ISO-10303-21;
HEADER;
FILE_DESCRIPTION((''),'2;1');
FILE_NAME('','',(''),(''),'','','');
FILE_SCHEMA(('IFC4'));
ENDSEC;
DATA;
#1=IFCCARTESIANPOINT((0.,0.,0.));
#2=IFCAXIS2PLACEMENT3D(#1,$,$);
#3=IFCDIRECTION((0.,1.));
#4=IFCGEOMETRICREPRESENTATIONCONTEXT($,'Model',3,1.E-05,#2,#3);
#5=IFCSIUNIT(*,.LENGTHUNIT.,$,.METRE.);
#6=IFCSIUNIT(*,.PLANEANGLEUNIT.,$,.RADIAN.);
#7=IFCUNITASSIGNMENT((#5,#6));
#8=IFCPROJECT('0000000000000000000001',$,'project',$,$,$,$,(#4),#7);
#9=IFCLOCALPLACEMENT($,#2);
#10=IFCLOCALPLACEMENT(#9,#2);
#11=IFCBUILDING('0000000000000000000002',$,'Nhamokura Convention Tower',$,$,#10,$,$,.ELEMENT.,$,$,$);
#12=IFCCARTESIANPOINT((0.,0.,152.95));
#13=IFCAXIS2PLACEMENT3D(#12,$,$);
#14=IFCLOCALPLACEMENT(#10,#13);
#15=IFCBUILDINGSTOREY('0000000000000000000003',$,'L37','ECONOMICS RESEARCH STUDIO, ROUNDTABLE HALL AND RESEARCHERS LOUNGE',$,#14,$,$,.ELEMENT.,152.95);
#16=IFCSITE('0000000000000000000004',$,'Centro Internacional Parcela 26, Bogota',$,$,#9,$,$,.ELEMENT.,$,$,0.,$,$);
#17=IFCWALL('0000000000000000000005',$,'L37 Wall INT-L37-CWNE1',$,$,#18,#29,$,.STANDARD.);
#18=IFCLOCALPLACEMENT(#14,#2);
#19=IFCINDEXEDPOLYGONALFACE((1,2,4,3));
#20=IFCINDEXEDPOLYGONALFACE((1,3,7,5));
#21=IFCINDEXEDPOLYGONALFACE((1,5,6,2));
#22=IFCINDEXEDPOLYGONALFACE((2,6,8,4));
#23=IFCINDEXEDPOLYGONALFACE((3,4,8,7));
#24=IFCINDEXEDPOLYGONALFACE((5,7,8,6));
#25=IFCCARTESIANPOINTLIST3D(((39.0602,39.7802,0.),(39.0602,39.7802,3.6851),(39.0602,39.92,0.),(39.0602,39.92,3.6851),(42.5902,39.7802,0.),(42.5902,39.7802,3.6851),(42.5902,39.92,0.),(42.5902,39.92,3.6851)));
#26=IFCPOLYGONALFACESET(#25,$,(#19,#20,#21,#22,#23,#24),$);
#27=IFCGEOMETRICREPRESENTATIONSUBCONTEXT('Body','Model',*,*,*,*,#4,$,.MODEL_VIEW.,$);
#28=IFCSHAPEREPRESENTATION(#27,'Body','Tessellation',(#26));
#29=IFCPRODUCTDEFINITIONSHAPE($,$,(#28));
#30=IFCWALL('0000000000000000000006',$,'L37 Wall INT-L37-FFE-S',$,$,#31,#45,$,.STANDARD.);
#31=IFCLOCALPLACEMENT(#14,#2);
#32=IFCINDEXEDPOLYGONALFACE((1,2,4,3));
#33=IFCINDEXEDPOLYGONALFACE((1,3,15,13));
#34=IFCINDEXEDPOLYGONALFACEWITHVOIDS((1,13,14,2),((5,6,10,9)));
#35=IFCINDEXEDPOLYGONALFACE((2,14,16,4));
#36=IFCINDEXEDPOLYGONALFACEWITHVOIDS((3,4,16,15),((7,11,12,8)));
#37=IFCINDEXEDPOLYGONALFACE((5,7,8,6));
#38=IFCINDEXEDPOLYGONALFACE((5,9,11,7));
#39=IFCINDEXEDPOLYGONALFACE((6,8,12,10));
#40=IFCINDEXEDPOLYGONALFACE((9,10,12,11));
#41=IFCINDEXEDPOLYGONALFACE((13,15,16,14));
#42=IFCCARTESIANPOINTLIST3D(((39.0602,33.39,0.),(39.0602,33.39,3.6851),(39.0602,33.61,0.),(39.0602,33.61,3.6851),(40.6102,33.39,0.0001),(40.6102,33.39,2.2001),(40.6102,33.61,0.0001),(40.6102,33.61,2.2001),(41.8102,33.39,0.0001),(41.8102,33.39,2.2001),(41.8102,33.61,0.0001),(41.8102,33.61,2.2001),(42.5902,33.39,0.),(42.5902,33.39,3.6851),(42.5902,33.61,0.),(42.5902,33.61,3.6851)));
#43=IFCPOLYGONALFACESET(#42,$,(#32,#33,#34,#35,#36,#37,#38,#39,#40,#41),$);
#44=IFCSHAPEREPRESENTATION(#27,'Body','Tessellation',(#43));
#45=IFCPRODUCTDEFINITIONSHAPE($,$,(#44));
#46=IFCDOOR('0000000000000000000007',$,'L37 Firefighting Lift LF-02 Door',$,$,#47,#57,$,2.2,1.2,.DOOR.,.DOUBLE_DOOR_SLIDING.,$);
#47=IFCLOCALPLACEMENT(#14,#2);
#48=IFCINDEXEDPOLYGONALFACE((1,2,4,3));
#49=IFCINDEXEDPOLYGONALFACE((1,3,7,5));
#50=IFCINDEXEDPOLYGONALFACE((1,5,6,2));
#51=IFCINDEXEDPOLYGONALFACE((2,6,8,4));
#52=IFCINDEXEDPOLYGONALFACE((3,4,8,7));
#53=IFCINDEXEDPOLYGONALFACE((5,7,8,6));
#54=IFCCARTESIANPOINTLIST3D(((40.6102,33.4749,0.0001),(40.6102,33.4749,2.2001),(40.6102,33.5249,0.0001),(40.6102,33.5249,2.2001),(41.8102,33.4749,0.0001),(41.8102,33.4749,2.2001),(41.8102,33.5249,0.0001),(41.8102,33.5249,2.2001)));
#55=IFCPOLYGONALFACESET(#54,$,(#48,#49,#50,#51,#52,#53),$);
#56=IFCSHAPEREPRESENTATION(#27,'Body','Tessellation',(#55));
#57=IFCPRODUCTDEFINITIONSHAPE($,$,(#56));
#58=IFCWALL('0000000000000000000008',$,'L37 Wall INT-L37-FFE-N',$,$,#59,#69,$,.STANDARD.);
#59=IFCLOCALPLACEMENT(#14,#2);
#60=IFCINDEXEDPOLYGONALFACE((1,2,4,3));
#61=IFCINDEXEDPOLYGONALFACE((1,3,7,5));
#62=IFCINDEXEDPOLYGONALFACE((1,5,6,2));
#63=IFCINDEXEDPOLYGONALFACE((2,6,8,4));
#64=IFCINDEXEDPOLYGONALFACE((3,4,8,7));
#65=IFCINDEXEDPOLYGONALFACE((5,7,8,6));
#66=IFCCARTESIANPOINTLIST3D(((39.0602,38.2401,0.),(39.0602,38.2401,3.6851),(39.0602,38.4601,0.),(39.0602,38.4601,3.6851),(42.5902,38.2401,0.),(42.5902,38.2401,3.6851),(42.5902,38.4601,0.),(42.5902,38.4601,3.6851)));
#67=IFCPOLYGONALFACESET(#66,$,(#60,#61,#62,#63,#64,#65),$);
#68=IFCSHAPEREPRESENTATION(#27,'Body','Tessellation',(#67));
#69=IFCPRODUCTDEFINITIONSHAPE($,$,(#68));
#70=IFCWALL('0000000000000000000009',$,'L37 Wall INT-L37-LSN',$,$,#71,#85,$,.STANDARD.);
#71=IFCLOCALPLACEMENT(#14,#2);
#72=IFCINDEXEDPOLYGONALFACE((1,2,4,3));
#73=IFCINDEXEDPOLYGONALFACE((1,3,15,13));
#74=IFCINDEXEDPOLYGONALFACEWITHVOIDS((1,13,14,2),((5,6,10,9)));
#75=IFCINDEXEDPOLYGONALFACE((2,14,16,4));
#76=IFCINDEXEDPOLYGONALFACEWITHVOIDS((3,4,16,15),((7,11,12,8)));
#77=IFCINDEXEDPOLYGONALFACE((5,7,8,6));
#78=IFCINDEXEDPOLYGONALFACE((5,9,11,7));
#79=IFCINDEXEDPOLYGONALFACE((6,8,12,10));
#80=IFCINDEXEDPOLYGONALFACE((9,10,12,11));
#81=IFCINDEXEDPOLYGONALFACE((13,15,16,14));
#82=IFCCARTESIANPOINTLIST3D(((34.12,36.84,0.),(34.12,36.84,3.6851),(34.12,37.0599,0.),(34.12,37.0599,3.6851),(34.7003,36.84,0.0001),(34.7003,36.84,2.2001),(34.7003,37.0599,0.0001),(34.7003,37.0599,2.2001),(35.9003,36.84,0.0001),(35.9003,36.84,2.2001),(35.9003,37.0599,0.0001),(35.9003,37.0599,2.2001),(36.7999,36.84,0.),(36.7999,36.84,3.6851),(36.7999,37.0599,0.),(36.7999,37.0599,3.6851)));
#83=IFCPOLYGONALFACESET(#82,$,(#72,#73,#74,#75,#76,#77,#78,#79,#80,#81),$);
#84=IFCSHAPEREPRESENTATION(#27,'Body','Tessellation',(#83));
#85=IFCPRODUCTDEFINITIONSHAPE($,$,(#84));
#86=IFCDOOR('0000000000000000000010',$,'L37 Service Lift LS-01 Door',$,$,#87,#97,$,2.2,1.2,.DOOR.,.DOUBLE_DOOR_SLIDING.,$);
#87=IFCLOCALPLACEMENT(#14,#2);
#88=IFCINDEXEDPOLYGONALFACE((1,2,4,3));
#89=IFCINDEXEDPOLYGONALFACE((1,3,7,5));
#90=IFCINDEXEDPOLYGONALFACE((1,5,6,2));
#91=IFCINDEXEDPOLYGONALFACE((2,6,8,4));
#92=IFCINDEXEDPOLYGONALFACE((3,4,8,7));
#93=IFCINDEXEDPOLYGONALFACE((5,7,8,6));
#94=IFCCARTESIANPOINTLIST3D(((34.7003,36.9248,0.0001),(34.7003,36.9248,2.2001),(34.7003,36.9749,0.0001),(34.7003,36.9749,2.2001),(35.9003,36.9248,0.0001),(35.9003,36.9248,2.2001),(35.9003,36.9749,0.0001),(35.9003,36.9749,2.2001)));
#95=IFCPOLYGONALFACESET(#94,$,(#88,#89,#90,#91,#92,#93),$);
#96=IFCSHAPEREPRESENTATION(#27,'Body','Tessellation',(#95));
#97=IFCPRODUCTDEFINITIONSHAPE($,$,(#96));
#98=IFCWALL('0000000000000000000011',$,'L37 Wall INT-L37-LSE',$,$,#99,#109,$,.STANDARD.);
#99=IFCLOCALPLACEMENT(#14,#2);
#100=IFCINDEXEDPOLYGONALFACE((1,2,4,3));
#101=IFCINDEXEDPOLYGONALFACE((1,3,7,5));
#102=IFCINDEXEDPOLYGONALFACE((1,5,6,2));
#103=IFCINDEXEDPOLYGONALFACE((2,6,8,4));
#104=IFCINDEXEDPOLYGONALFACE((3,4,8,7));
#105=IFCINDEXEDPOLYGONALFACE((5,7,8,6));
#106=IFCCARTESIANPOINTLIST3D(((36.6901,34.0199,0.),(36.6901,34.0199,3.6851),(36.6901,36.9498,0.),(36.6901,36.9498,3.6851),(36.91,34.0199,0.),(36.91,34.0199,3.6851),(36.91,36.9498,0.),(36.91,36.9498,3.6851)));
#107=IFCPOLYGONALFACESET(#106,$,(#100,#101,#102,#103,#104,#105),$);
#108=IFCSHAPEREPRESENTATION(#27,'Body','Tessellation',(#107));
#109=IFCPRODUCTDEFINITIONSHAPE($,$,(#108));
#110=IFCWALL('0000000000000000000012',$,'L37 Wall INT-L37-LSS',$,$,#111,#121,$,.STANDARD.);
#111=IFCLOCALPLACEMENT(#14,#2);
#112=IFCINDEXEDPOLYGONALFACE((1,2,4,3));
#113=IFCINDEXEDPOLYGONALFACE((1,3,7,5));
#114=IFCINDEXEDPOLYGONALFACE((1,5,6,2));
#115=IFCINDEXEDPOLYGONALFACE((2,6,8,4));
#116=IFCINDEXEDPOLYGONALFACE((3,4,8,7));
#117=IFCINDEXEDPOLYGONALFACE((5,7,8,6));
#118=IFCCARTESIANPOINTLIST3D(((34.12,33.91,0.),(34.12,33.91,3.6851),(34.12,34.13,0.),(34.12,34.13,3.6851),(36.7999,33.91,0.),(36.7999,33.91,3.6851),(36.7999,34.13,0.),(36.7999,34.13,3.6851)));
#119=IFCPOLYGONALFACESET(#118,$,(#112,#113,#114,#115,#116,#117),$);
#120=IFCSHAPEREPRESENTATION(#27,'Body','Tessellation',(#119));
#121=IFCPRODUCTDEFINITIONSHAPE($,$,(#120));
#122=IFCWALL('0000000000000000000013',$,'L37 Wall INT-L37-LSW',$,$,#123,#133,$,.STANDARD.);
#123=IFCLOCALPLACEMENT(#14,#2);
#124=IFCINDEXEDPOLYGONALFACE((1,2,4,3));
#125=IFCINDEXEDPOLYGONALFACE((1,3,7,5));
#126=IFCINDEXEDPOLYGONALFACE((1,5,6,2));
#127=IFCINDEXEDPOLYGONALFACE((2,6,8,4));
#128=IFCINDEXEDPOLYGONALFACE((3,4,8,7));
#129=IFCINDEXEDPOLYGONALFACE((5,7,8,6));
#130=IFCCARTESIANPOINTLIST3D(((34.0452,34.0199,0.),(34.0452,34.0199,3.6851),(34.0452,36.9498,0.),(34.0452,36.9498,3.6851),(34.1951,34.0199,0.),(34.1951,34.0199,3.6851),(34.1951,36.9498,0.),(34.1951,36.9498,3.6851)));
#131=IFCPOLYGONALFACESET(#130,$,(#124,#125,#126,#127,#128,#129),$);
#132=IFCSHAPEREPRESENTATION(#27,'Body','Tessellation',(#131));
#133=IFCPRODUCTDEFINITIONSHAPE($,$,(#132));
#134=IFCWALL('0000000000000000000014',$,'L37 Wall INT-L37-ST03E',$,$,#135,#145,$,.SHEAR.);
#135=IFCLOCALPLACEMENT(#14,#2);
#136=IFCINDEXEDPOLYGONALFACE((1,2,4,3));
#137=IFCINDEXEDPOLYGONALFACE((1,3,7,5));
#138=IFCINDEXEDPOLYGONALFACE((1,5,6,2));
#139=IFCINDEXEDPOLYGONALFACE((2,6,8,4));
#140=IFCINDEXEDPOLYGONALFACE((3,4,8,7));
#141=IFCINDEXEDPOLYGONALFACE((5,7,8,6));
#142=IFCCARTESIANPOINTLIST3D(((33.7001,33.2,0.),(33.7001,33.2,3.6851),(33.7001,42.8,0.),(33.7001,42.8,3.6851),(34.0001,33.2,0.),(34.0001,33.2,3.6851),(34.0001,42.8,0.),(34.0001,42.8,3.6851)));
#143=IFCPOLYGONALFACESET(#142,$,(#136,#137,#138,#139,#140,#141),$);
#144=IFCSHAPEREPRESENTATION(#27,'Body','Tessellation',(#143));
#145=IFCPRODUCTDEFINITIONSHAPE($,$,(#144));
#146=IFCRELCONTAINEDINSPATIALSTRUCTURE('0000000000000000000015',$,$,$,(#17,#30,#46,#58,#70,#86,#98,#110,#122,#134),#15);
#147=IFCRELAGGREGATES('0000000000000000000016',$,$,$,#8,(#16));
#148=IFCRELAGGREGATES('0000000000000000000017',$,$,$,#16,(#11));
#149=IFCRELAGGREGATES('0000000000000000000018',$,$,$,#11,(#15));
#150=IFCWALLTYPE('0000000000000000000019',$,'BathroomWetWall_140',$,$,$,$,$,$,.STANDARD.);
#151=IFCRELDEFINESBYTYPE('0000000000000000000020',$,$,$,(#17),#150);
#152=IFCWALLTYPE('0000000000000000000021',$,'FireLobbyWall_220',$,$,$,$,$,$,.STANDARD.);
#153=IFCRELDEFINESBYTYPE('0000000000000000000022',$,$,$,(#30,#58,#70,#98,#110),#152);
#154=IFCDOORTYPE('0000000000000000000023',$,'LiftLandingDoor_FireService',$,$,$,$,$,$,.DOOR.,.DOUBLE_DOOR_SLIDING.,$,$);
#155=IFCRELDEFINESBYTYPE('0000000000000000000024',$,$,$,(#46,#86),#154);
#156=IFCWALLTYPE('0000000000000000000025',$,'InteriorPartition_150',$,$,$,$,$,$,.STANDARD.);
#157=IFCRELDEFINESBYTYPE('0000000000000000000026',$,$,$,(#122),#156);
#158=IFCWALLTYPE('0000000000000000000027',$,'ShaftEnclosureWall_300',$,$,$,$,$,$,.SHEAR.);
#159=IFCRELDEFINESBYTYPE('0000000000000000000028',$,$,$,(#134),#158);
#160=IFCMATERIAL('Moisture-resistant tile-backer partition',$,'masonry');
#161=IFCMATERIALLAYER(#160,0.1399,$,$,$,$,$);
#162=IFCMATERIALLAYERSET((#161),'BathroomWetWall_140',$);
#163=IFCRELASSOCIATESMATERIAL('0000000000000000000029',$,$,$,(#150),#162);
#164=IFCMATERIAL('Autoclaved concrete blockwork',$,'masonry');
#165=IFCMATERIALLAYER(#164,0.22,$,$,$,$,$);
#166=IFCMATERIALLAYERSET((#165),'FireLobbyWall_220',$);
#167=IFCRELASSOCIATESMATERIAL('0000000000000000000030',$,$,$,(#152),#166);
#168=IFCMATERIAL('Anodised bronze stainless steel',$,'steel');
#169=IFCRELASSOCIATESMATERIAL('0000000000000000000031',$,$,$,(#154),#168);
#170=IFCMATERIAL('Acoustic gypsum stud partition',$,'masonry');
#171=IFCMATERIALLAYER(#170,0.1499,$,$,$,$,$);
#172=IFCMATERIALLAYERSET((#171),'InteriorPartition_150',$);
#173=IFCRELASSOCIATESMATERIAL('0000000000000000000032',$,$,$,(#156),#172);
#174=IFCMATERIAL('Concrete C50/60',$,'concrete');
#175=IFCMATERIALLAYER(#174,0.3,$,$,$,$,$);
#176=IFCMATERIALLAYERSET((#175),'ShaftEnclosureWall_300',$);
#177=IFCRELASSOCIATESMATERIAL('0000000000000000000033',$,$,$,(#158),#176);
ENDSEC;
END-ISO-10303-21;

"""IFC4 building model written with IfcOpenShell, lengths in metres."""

from ifc_helpers import new_model, si_unit, direction, frame, frame_2d, origin, place, context, subcontext, project, spatial, rectangle, extrude, material, layer, layer_set, type_object, element, fill, save


model = new_model("IFC4")

# Units and contexts
model_context = context("Model", 3, precision=1e-05, world=origin(), true_north=direction((0.0, 1.0)))
body_context = subcontext(model_context, "Body", "Model", "MODEL_VIEW")
ifc_project = project(units=[si_unit("LENGTHUNIT", "METRE"), si_unit("PLANEANGLEUNIT", "RADIAN")], contexts=[model_context])

# Site, building, storey
site_placement = place(None, origin())
site = spatial("IfcSite", under=ifc_project, at=site_placement, Name="Centro Internacional Parcela 26, Bogota", CompositionType="ELEMENT", RefElevation=0.0)
building_placement = place(site_placement, origin())
building = spatial("IfcBuilding", under=site, at=building_placement, Name="Nhamokura Convention Tower", CompositionType="ELEMENT")
storey_placement = place(building_placement, frame((0.0, 0.0, 152.95)))
storey = spatial("IfcBuildingStorey", under=building, at=storey_placement, Name="L37", Description="ECONOMICS RESEARCH STUDIO, ROUNDTABLE HALL AND RESEARCHERS LOUNGE", CompositionType="ELEMENT", Elevation=152.95)

# Wall
ifc_material_1 = material(Name="Moisture-resistant tile-backer partition", Category="masonry")
ifc_layer_1 = layer(ifc_material_1, 0.1399)
ifc_layer_set_1 = layer_set([ifc_layer_1], Name="BathroomWetWall_140")
wall_type_1 = type_object("IfcWallType", Name="BathroomWetWall_140", PredefinedType="STANDARD", material=ifc_layer_set_1)
wall_1_placement = place(storey_placement, frame((39.0601, 39.8501, 0.0), z_axis=(0.0, 0.0, 1.0), x_axis=(1.0, 0.0, 0.0)))
element("IfcWall", 1, at=wall_1_placement, inside=storey, type_object=wall_type_1, Name="L37 Wall INT-L37-CWNE1", PredefinedType="STANDARD", context=body_context, shape_type="SweptSolid", body=[
    extrude(rectangle(XDim=3.53, YDim=0.1399, at=frame_2d((1.7651, 0.0))), origin(), (0.0, 0.0, 1.0), 3.6851),
])

# Wall, opening, door
ifc_material_2 = material(Name="Autoclaved concrete blockwork", Category="masonry")
ifc_layer_2 = layer(ifc_material_2, 0.22)
ifc_layer_set_2 = layer_set([ifc_layer_2], Name="FireLobbyWall_220")
wall_type_2 = type_object("IfcWallType", Name="FireLobbyWall_220", PredefinedType="STANDARD", material=ifc_layer_set_2)
wall_2_placement = place(storey_placement, frame((39.0601, 33.5, 0.0), z_axis=(0.0, 0.0, 1.0), x_axis=(1.0, 0.0, 0.0)))
wall_2 = element("IfcWall", 2, at=wall_2_placement, inside=storey, type_object=wall_type_2, Name="L37 Wall INT-L37-FFE-S", PredefinedType="STANDARD", context=body_context, shape_type="SweptSolid", body=[
    extrude(rectangle(XDim=3.53, YDim=0.22, at=frame_2d((1.7651, 0.0))), origin(), (0.0, 0.0, 1.0), 3.6851),
])
opening_1_placement = place(wall_2_placement, frame((1.55, 0.0, 0.0)))
opening_1 = element("IfcOpeningElement", 3, at=opening_1_placement, cuts=wall_2, PredefinedType="OPENING", context=body_context, shape_type="SweptSolid", body=[
    extrude(rectangle(XDim=1.2, YDim=2.2, at=frame_2d((0.6001, 1.1001))), frame((0.0, 0.1199, 0.0), z_axis=(0.0, -1.0, 0.0), x_axis=(1.0, 0.0, 0.0)), (0.0, 0.0, 1.0), 0.24),
])
ifc_material_3 = material(Name="Anodised bronze stainless steel", Category="steel")
door_type = type_object("IfcDoorType", Name="LiftLandingDoor_FireService", OperationType="DOUBLE_DOOR_SLIDING", PredefinedType="DOOR", material=ifc_material_3)
door_1_placement = place(opening_1_placement, origin())
door_1 = element("IfcDoor", 4, at=door_1_placement, inside=storey, type_object=door_type, Name="L37 Firefighting Lift LF-02 Door", OperationType="DOUBLE_DOOR_SLIDING", OverallHeight=2.2, OverallWidth=1.2, PredefinedType="DOOR", context=body_context, shape_type="SweptSolid", body=[
    extrude(rectangle(XDim=1.2, YDim=2.2, at=frame_2d((0.6001, 1.1001))), frame((0.0, 0.0249, 0.0), z_axis=(0.0, -1.0, 0.0), x_axis=(1.0, 0.0, 0.0)), (0.0, 0.0, 1.0), 0.05),
])
fill(opening_1, door_1)

# Wall
wall_3_placement = place(storey_placement, frame((39.0601, 38.3501, 0.0), z_axis=(0.0, 0.0, 1.0), x_axis=(1.0, 0.0, 0.0)))
element("IfcWall", 5, at=wall_3_placement, inside=storey, type_object=wall_type_2, Name="L37 Wall INT-L37-FFE-N", PredefinedType="STANDARD", context=body_context, shape_type="SweptSolid", body=[
    extrude(rectangle(XDim=3.53, YDim=0.22, at=frame_2d((1.7651, 0.0))), origin(), (0.0, 0.0, 1.0), 3.6851),
])

# Wall, opening, door
wall_4_placement = place(storey_placement, frame((34.1201, 36.95, 0.0), z_axis=(0.0, 0.0, 1.0), x_axis=(1.0, 0.0, 0.0)))
wall_4 = element("IfcWall", 6, at=wall_4_placement, inside=storey, type_object=wall_type_2, Name="L37 Wall INT-L37-LSN", PredefinedType="STANDARD", context=body_context, shape_type="SweptSolid", body=[
    extrude(rectangle(XDim=2.6799, YDim=0.22, at=frame_2d((1.3398, 0.0))), origin(), (0.0, 0.0, 1.0), 3.6851),
])
opening_2_placement = place(wall_4_placement, frame((0.5801, 0.0, 0.0)))
opening_2 = element("IfcOpeningElement", 7, at=opening_2_placement, cuts=wall_4, PredefinedType="OPENING", context=body_context, shape_type="SweptSolid", body=[
    extrude(rectangle(XDim=1.2, YDim=2.2, at=frame_2d((0.6001, 1.1001))), frame((0.0, 0.1199, 0.0), z_axis=(0.0, -1.0, 0.0), x_axis=(1.0, 0.0, 0.0)), (0.0, 0.0, 1.0), 0.24),
])
door_2_placement = place(opening_2_placement, origin())
door_2 = element("IfcDoor", 8, at=door_2_placement, inside=storey, type_object=door_type, Name="L37 Service Lift LS-01 Door", OperationType="DOUBLE_DOOR_SLIDING", OverallHeight=2.2, OverallWidth=1.2, PredefinedType="DOOR", context=body_context, shape_type="SweptSolid", body=[
    extrude(rectangle(XDim=1.2, YDim=2.2, at=frame_2d((0.6001, 1.1001))), frame((0.0, 0.0249, 0.0), z_axis=(0.0, -1.0, 0.0), x_axis=(1.0, 0.0, 0.0)), (0.0, 0.0, 1.0), 0.05),
])
fill(opening_2, door_2)

# Walls
wall_5_placement = place(storey_placement, frame((36.8, 34.02, 0.0), z_axis=(0.0, 0.0, 1.0), x_axis=(0.0, 1.0, 0.0)))
element("IfcWall", 9, at=wall_5_placement, inside=storey, type_object=wall_type_2, Name="L37 Wall INT-L37-LSE", PredefinedType="STANDARD", context=body_context, shape_type="SweptSolid", body=[
    extrude(rectangle(XDim=2.9299, YDim=0.22, at=frame_2d((1.4648, 0.0))), origin(), (0.0, 0.0, 1.0), 3.6851),
])
wall_6_placement = place(storey_placement, frame((34.1201, 34.02, 0.0), z_axis=(0.0, 0.0, 1.0), x_axis=(1.0, 0.0, 0.0)))
element("IfcWall", 10, at=wall_6_placement, inside=storey, type_object=wall_type_2, Name="L37 Wall INT-L37-LSS", PredefinedType="STANDARD", context=body_context, shape_type="SweptSolid", body=[
    extrude(rectangle(XDim=2.6799, YDim=0.22, at=frame_2d((1.3398, 0.0))), origin(), (0.0, 0.0, 1.0), 3.6851),
])
ifc_material_4 = material(Name="Acoustic gypsum stud partition", Category="masonry")
ifc_layer_3 = layer(ifc_material_4, 0.1499)
ifc_layer_set_3 = layer_set([ifc_layer_3], Name="InteriorPartition_150")
wall_type_3 = type_object("IfcWallType", Name="InteriorPartition_150", PredefinedType="STANDARD", material=ifc_layer_set_3)
wall_7_placement = place(storey_placement, frame((34.1201, 34.02, 0.0), z_axis=(0.0, 0.0, 1.0), x_axis=(0.0, 1.0, 0.0)))
element("IfcWall", 11, at=wall_7_placement, inside=storey, type_object=wall_type_3, Name="L37 Wall INT-L37-LSW", PredefinedType="STANDARD", context=body_context, shape_type="SweptSolid", body=[
    extrude(rectangle(XDim=2.9299, YDim=0.1499, at=frame_2d((1.4648, 0.0))), origin(), (0.0, 0.0, 1.0), 3.6851),
])
ifc_material_5 = material(Name="Concrete C50/60", Category="concrete")
ifc_layer_4 = layer(ifc_material_5, 0.3)
ifc_layer_set_4 = layer_set([ifc_layer_4], Name="ShaftEnclosureWall_300")
wall_type_4 = type_object("IfcWallType", Name="ShaftEnclosureWall_300", PredefinedType="SHEAR", material=ifc_layer_set_4)
wall_8_placement = place(storey_placement, frame((33.8501, 33.2, 0.0), z_axis=(0.0, 0.0, 1.0), x_axis=(0.0, 1.0, 0.0)))
element("IfcWall", 12, at=wall_8_placement, inside=storey, type_object=wall_type_4, Name="L37 Wall INT-L37-ST03E", PredefinedType="SHEAR", context=body_context, shape_type="SweptSolid", body=[
    extrude(rectangle(XDim=9.6001, YDim=0.3, at=frame_2d((4.8, 0.0))), origin(), (0.0, 0.0, 1.0), 3.6851),
])

save(model, "model.ifc")
